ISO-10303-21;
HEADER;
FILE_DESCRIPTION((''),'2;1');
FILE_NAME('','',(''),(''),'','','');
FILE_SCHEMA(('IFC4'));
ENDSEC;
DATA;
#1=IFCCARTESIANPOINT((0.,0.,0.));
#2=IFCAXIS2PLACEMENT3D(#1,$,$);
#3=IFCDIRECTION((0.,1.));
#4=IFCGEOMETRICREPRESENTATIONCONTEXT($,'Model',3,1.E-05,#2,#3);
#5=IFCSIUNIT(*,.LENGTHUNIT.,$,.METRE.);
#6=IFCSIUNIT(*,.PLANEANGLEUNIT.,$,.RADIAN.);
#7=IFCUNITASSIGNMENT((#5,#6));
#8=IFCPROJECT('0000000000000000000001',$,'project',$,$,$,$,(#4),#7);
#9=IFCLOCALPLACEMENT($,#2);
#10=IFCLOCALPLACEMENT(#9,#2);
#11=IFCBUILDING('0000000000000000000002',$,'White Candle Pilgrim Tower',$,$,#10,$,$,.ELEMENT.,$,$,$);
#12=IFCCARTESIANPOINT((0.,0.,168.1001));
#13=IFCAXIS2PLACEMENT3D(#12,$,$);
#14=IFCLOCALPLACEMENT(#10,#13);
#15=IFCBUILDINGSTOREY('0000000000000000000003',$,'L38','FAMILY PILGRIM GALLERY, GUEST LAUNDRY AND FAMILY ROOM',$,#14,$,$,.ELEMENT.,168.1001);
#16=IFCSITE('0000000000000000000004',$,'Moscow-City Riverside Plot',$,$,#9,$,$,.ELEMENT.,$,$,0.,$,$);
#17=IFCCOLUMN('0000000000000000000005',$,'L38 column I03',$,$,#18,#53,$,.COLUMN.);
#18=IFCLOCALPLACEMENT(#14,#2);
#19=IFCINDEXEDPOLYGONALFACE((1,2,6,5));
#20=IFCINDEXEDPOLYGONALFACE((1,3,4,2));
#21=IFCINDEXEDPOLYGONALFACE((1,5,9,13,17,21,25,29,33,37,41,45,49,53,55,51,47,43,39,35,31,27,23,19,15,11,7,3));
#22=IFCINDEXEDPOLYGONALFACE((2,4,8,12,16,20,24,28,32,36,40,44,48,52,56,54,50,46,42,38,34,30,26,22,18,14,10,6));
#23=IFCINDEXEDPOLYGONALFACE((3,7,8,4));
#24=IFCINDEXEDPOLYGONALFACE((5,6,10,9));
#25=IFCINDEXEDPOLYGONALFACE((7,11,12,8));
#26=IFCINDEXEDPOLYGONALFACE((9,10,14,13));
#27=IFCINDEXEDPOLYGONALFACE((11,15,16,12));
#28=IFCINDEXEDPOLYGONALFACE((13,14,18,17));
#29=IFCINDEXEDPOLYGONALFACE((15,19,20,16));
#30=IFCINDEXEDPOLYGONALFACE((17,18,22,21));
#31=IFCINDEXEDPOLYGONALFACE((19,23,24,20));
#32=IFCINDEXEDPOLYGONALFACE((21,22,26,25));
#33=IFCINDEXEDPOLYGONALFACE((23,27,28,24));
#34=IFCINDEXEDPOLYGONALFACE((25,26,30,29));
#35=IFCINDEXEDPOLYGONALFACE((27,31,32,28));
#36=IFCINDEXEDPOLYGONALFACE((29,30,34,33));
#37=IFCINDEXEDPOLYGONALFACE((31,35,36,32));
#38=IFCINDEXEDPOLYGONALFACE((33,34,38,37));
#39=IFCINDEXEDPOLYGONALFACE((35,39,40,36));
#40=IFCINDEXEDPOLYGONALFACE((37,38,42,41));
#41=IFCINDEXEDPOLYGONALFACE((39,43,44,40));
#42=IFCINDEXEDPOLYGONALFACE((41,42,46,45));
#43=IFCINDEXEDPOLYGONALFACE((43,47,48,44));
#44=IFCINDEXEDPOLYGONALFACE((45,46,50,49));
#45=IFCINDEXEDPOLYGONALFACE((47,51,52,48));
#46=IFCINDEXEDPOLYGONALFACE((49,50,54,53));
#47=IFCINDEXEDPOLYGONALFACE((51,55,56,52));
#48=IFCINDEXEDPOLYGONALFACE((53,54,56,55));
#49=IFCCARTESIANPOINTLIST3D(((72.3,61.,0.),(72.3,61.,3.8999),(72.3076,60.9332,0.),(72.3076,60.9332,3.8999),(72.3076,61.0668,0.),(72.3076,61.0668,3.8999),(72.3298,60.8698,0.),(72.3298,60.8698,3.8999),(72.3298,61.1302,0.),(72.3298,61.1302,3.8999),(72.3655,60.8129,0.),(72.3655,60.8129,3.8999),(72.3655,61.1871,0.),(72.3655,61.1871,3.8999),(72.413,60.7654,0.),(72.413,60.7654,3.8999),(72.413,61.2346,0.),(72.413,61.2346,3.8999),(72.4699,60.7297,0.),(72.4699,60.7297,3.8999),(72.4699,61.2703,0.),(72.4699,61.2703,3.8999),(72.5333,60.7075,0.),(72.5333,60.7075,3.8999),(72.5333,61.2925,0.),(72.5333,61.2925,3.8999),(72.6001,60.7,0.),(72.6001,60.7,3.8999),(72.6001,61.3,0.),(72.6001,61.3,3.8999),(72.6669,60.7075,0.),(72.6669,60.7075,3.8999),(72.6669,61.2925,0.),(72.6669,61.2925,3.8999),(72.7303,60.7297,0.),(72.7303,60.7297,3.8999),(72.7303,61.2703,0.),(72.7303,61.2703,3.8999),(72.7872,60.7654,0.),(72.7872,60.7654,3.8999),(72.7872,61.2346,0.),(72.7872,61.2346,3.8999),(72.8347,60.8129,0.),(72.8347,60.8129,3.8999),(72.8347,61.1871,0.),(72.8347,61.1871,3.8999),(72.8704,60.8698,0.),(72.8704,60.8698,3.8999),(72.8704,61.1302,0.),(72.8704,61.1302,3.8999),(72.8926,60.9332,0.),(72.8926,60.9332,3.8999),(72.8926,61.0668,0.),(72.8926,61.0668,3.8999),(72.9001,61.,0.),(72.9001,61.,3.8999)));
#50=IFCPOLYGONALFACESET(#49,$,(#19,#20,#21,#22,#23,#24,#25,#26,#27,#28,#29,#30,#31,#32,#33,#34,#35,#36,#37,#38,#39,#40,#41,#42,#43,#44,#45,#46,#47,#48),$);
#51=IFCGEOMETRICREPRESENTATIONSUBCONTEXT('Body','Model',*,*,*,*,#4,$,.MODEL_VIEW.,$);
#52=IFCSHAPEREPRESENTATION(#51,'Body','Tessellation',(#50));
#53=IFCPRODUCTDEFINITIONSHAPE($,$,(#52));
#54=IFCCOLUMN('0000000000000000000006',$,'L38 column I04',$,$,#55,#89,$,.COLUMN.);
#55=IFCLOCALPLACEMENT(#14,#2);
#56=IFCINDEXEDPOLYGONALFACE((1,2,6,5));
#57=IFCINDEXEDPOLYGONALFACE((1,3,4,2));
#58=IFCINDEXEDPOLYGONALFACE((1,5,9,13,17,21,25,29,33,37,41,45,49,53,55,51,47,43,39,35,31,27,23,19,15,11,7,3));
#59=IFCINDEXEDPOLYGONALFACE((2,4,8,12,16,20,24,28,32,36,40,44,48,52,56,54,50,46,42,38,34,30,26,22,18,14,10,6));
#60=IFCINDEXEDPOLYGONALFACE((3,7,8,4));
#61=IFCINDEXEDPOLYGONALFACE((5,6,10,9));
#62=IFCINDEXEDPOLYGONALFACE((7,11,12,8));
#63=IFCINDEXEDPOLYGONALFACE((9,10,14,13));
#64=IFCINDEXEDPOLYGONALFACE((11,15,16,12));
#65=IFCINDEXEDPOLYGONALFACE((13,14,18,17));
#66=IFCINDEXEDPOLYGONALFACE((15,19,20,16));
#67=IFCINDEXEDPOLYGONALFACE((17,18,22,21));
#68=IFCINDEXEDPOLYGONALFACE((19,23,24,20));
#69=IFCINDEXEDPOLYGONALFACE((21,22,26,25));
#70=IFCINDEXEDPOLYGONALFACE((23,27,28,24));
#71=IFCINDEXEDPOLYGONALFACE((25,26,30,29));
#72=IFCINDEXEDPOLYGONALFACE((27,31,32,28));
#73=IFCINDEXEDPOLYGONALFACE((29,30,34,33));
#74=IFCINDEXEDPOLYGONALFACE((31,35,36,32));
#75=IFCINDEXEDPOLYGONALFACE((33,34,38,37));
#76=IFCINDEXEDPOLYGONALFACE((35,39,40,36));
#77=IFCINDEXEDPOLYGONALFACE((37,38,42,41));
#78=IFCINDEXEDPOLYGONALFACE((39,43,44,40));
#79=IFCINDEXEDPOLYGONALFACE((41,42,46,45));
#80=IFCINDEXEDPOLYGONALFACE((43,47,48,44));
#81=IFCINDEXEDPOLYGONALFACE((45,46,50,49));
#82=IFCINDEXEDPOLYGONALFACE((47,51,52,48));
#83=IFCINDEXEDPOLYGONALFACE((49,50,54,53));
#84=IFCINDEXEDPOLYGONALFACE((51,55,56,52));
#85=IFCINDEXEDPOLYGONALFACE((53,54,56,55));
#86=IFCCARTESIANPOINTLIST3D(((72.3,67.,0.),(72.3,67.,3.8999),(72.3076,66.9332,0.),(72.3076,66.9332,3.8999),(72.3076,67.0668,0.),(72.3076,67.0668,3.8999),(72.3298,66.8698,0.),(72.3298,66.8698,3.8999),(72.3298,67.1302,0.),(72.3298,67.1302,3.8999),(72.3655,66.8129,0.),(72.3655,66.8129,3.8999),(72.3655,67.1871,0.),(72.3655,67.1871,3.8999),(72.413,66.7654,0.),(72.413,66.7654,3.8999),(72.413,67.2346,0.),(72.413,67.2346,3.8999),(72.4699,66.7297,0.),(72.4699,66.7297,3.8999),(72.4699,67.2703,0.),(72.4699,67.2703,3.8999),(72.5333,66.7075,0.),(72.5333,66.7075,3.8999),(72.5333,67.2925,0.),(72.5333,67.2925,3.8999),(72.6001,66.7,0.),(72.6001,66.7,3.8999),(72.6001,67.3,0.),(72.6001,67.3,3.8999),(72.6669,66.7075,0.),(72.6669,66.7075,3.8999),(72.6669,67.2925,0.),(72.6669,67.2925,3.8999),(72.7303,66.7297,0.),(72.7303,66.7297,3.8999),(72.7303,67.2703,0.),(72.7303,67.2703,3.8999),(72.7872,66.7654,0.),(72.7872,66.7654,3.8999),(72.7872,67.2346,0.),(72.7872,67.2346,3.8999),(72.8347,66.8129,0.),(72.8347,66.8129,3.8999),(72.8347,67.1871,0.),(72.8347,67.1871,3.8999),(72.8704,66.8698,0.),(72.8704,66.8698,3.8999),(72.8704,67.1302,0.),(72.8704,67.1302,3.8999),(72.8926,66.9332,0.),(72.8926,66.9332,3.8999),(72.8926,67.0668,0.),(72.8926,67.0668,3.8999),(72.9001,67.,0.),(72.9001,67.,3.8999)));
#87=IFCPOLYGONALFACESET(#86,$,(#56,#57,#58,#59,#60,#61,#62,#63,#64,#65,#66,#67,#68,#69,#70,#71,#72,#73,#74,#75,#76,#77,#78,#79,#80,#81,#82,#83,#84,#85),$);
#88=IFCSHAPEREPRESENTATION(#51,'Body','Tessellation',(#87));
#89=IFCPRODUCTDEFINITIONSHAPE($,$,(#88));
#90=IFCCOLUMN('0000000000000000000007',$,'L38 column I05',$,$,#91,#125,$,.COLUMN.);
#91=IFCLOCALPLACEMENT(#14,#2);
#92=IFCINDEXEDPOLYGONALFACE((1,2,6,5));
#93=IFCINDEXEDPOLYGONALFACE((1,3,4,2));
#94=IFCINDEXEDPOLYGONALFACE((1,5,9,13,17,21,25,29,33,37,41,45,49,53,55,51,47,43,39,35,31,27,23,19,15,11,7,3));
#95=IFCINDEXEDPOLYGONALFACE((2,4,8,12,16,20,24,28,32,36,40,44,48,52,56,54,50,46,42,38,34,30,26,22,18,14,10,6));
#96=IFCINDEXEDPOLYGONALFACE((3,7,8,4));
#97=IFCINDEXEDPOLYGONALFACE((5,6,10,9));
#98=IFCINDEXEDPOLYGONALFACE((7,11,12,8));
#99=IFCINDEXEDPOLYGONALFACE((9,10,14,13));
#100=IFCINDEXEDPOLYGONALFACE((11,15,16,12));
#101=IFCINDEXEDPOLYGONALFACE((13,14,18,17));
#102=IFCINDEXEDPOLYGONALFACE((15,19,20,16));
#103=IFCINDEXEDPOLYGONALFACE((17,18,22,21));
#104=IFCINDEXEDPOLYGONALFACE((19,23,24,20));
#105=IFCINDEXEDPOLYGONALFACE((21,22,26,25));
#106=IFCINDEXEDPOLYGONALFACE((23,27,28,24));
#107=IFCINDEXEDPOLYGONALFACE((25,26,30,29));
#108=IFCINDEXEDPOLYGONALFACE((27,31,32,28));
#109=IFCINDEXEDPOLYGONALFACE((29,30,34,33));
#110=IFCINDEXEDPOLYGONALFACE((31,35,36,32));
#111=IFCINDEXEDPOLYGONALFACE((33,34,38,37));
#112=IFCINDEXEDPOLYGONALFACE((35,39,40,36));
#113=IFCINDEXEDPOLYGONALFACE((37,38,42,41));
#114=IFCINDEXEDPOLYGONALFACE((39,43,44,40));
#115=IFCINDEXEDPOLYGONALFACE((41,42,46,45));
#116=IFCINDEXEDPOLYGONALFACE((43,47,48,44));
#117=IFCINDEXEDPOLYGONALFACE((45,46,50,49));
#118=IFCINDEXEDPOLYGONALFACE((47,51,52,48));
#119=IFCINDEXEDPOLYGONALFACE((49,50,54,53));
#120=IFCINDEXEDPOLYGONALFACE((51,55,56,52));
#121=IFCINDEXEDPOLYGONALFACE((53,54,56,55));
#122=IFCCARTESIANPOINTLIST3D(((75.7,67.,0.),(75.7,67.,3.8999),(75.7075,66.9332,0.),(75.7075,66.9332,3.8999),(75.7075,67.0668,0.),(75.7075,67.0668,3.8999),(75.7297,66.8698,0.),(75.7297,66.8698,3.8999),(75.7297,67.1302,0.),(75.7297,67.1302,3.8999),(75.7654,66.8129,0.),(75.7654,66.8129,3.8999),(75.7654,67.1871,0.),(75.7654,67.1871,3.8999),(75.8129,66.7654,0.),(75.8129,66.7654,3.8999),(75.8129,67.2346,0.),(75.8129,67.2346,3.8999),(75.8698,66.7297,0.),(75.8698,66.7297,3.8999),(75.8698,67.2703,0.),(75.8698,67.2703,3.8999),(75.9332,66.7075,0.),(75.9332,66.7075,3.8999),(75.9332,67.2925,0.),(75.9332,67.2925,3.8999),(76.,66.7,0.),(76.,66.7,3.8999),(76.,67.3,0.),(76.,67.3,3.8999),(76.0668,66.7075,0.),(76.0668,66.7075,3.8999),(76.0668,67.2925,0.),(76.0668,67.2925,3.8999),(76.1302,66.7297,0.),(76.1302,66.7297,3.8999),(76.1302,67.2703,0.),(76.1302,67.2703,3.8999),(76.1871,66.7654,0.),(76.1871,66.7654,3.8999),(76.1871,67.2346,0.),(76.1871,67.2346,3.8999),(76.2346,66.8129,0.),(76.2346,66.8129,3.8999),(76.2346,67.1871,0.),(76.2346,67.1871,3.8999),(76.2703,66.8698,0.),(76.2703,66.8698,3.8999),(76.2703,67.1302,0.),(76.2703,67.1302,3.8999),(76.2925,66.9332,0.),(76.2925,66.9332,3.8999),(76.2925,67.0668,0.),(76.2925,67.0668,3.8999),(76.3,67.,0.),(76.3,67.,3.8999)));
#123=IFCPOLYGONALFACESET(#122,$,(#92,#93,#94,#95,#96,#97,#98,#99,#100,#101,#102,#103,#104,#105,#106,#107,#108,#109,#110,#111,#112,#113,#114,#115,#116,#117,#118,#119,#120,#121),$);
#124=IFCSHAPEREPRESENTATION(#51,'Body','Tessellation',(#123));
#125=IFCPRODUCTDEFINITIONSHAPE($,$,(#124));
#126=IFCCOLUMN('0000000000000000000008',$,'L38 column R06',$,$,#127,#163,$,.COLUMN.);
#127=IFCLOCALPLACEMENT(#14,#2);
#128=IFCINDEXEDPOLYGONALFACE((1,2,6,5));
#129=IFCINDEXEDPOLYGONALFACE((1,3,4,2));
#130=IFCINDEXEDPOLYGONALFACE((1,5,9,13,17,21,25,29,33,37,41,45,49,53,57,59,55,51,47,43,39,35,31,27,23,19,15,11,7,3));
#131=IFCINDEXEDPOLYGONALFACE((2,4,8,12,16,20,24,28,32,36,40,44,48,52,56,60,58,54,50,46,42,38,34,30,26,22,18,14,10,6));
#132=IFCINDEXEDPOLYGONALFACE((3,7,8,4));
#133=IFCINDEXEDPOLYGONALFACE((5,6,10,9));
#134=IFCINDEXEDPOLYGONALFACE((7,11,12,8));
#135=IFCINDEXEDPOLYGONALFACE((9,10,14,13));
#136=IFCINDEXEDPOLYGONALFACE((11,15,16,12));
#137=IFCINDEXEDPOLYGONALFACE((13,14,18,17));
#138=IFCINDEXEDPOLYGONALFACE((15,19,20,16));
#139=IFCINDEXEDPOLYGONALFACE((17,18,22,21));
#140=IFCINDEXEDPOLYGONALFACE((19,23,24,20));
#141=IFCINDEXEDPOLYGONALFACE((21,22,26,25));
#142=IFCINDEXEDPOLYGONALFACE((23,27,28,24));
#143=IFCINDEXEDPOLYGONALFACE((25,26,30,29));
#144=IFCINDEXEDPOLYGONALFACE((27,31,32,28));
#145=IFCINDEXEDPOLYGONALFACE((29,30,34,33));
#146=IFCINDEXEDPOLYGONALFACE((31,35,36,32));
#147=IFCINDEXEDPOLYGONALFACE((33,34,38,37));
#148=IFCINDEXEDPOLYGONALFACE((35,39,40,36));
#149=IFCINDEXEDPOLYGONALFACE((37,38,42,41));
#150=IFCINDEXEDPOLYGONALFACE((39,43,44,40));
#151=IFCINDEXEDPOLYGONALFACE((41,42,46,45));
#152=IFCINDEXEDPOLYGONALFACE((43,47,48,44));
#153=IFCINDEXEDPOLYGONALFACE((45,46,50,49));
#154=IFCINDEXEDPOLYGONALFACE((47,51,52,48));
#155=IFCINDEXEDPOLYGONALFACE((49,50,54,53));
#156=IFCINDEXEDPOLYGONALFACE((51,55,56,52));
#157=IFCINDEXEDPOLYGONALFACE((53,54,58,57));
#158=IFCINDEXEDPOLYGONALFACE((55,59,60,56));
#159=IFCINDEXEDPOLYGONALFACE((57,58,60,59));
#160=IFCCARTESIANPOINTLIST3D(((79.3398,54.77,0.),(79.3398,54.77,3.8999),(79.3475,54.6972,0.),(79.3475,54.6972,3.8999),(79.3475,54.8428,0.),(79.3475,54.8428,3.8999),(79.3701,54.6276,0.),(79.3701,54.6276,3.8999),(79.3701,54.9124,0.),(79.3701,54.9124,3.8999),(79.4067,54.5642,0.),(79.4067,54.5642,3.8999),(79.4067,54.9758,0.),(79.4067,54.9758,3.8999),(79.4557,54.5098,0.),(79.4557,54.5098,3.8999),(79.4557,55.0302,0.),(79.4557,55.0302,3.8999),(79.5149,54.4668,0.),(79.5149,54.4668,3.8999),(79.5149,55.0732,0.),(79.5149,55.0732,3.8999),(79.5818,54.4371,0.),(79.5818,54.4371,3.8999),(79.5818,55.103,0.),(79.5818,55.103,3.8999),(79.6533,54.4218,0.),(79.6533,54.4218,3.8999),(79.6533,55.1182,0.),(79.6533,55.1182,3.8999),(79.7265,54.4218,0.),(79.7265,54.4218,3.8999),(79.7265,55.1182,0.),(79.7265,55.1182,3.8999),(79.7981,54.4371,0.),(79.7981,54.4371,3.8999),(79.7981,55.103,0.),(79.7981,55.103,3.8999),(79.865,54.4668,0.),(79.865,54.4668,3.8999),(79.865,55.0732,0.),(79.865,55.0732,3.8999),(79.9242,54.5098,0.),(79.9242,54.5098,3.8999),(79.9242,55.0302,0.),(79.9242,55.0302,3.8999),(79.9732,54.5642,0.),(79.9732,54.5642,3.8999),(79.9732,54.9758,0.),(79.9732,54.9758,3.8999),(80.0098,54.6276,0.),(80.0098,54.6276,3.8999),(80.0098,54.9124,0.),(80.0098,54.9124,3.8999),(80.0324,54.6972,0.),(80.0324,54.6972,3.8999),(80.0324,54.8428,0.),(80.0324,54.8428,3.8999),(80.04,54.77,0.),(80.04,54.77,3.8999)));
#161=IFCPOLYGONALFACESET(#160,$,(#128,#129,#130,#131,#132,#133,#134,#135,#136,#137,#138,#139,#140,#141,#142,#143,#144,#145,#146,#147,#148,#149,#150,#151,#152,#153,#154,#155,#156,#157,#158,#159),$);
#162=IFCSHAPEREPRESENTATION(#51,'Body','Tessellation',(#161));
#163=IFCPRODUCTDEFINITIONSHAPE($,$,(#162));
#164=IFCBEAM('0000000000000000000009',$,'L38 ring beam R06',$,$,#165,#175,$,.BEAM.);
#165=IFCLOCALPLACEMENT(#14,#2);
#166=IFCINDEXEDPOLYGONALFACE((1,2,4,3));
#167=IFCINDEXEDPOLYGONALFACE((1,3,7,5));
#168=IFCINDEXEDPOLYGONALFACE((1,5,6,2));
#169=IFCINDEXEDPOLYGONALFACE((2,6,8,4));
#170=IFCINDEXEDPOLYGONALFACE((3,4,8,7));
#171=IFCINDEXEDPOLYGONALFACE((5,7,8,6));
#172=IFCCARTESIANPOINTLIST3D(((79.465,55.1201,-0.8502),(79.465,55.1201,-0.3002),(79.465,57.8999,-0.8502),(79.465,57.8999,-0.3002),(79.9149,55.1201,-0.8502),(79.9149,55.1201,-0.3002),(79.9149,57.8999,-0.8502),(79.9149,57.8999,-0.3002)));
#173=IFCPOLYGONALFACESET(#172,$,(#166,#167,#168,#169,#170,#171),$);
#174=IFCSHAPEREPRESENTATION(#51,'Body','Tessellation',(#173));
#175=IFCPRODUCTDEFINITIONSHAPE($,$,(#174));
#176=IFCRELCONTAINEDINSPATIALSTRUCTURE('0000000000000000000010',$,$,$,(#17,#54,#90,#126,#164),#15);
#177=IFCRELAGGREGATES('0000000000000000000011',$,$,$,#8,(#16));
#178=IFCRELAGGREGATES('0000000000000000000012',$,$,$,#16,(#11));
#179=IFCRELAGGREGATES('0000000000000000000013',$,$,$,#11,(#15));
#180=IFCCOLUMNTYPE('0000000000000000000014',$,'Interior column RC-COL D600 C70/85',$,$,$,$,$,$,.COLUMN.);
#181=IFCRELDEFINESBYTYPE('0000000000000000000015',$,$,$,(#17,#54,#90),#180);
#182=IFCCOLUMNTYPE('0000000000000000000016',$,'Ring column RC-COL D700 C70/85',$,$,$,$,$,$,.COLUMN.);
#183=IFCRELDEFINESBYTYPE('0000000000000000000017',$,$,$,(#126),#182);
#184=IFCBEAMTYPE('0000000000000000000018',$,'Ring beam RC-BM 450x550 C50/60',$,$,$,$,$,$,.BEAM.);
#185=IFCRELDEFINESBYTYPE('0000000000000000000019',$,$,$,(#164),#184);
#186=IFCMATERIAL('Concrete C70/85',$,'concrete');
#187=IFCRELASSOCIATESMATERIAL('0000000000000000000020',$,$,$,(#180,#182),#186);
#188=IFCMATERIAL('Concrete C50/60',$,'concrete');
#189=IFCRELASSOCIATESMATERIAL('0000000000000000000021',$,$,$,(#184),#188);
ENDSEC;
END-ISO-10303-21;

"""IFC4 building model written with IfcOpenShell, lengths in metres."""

from ifc_helpers import new_model, si_unit, direction, frame, origin, origin_2d, place, context, subcontext, project, spatial, rectangle, circle, extrude, material, material_profile, profile_set, type_object, element, save


model = new_model("IFC4")

# Units and contexts
model_context = context("Model", 3, precision=1e-05, world=origin(), true_north=direction((0.0, 1.0)))
body_context = subcontext(model_context, "Body", "Model", "MODEL_VIEW")
ifc_project = project(units=[si_unit("LENGTHUNIT", "METRE"), si_unit("PLANEANGLEUNIT", "RADIAN")], contexts=[model_context])

# Site, building, storey
site_placement = place(None, origin())
site = spatial("IfcSite", under=ifc_project, at=site_placement, Name="Moscow-City Riverside Plot", CompositionType="ELEMENT", RefElevation=0.0)
building_placement = place(site_placement, origin())
building = spatial("IfcBuilding", under=site, at=building_placement, Name="White Candle Pilgrim Tower", CompositionType="ELEMENT")
storey_placement = place(building_placement, frame((0.0, 0.0, 168.1001)))
storey = spatial("IfcBuildingStorey", under=building, at=storey_placement, Name="L38", Description="FAMILY PILGRIM GALLERY, GUEST LAUNDRY AND FAMILY ROOM", CompositionType="ELEMENT", Elevation=168.1001)

# Columns
ifc_material_1 = material(Name="Concrete C70/85", Category="concrete")
ifc_material_profile_1 = material_profile(ifc_material_1, circle(Radius=0.3, at=origin_2d()), Name="RC-COL D600")
ifc_profile_set_1 = profile_set([ifc_material_profile_1], Name="Concrete C70/85")
column_type_1 = type_object("IfcColumnType", Name="Interior column RC-COL D600 C70/85", PredefinedType="COLUMN", material=ifc_profile_set_1)
for number, where, z_axis, x_axis, name in (
    (1, (72.6001, 61.0, 0.0), (0.0, 0.0, 1.0), (1.0, 0.0, 0.0), "L38 column I03"),
    (2, (72.6001, 67.0, 0.0), (0.0, 0.0, 1.0), (1.0, 0.0, 0.0), "L38 column I04"),
    (3, (76.0, 67.0, 0.0), (0.0, 0.0, 1.0), (1.0, 0.0, 0.0), "L38 column I05"),
):
    element("IfcColumn", number, at=place(storey_placement, frame(where, z_axis=z_axis, x_axis=x_axis)), inside=storey, type_object=column_type_1, Name=name, PredefinedType="COLUMN", context=body_context, shape_type="SweptSolid", body=[
        extrude(circle(Radius=0.3, at=origin_2d()), origin(), (0.0, 0.0, 1.0), 3.8999),
    ])
ifc_material_profile_2 = material_profile(ifc_material_1, circle(Radius=0.3501, at=origin_2d()), Name="RC-COL D700")
ifc_profile_set_2 = profile_set([ifc_material_profile_2], Name="Concrete C70/85")
column_type_2 = type_object("IfcColumnType", Name="Ring column RC-COL D700 C70/85", PredefinedType="COLUMN", material=ifc_profile_set_2)
column_placement = place(storey_placement, frame((79.6899, 54.77, 0.0), z_axis=(0.0, 0.0, 1.0), x_axis=(1.0, 0.0, 0.0)))
element("IfcColumn", 4, at=column_placement, inside=storey, type_object=column_type_2, Name="L38 column R06", PredefinedType="COLUMN", context=body_context, shape_type="SweptSolid", body=[
    extrude(circle(Radius=0.3501, at=origin_2d()), origin(), (0.0, 0.0, 1.0), 3.8999),
])

# Beam
ifc_material_2 = material(Name="Concrete C50/60", Category="concrete")
ifc_material_profile_3 = material_profile(ifc_material_2, rectangle(XDim=0.45, YDim=0.55, at=origin_2d()), Name="RC-BM 450x550")
ifc_profile_set_3 = profile_set([ifc_material_profile_3], Name="Concrete C50/60")
beam_type = type_object("IfcBeamType", Name="Ring beam RC-BM 450x550 C50/60", PredefinedType="BEAM", material=ifc_profile_set_3)
beam_placement = place(storey_placement, frame((79.6899, 55.1201, -0.5752), z_axis=(0.0, 1.0, 0.0), x_axis=(-1.0, 0.0, 0.0)))
element("IfcBeam", 5, at=beam_placement, inside=storey, type_object=beam_type, Name="L38 ring beam R06", PredefinedType="BEAM", context=body_context, shape_type="SweptSolid", body=[
    extrude(rectangle(XDim=0.45, YDim=0.55, at=origin_2d()), origin(), (0.0, 0.0, 1.0), 2.7798),
])

save(model, "model.ifc")
